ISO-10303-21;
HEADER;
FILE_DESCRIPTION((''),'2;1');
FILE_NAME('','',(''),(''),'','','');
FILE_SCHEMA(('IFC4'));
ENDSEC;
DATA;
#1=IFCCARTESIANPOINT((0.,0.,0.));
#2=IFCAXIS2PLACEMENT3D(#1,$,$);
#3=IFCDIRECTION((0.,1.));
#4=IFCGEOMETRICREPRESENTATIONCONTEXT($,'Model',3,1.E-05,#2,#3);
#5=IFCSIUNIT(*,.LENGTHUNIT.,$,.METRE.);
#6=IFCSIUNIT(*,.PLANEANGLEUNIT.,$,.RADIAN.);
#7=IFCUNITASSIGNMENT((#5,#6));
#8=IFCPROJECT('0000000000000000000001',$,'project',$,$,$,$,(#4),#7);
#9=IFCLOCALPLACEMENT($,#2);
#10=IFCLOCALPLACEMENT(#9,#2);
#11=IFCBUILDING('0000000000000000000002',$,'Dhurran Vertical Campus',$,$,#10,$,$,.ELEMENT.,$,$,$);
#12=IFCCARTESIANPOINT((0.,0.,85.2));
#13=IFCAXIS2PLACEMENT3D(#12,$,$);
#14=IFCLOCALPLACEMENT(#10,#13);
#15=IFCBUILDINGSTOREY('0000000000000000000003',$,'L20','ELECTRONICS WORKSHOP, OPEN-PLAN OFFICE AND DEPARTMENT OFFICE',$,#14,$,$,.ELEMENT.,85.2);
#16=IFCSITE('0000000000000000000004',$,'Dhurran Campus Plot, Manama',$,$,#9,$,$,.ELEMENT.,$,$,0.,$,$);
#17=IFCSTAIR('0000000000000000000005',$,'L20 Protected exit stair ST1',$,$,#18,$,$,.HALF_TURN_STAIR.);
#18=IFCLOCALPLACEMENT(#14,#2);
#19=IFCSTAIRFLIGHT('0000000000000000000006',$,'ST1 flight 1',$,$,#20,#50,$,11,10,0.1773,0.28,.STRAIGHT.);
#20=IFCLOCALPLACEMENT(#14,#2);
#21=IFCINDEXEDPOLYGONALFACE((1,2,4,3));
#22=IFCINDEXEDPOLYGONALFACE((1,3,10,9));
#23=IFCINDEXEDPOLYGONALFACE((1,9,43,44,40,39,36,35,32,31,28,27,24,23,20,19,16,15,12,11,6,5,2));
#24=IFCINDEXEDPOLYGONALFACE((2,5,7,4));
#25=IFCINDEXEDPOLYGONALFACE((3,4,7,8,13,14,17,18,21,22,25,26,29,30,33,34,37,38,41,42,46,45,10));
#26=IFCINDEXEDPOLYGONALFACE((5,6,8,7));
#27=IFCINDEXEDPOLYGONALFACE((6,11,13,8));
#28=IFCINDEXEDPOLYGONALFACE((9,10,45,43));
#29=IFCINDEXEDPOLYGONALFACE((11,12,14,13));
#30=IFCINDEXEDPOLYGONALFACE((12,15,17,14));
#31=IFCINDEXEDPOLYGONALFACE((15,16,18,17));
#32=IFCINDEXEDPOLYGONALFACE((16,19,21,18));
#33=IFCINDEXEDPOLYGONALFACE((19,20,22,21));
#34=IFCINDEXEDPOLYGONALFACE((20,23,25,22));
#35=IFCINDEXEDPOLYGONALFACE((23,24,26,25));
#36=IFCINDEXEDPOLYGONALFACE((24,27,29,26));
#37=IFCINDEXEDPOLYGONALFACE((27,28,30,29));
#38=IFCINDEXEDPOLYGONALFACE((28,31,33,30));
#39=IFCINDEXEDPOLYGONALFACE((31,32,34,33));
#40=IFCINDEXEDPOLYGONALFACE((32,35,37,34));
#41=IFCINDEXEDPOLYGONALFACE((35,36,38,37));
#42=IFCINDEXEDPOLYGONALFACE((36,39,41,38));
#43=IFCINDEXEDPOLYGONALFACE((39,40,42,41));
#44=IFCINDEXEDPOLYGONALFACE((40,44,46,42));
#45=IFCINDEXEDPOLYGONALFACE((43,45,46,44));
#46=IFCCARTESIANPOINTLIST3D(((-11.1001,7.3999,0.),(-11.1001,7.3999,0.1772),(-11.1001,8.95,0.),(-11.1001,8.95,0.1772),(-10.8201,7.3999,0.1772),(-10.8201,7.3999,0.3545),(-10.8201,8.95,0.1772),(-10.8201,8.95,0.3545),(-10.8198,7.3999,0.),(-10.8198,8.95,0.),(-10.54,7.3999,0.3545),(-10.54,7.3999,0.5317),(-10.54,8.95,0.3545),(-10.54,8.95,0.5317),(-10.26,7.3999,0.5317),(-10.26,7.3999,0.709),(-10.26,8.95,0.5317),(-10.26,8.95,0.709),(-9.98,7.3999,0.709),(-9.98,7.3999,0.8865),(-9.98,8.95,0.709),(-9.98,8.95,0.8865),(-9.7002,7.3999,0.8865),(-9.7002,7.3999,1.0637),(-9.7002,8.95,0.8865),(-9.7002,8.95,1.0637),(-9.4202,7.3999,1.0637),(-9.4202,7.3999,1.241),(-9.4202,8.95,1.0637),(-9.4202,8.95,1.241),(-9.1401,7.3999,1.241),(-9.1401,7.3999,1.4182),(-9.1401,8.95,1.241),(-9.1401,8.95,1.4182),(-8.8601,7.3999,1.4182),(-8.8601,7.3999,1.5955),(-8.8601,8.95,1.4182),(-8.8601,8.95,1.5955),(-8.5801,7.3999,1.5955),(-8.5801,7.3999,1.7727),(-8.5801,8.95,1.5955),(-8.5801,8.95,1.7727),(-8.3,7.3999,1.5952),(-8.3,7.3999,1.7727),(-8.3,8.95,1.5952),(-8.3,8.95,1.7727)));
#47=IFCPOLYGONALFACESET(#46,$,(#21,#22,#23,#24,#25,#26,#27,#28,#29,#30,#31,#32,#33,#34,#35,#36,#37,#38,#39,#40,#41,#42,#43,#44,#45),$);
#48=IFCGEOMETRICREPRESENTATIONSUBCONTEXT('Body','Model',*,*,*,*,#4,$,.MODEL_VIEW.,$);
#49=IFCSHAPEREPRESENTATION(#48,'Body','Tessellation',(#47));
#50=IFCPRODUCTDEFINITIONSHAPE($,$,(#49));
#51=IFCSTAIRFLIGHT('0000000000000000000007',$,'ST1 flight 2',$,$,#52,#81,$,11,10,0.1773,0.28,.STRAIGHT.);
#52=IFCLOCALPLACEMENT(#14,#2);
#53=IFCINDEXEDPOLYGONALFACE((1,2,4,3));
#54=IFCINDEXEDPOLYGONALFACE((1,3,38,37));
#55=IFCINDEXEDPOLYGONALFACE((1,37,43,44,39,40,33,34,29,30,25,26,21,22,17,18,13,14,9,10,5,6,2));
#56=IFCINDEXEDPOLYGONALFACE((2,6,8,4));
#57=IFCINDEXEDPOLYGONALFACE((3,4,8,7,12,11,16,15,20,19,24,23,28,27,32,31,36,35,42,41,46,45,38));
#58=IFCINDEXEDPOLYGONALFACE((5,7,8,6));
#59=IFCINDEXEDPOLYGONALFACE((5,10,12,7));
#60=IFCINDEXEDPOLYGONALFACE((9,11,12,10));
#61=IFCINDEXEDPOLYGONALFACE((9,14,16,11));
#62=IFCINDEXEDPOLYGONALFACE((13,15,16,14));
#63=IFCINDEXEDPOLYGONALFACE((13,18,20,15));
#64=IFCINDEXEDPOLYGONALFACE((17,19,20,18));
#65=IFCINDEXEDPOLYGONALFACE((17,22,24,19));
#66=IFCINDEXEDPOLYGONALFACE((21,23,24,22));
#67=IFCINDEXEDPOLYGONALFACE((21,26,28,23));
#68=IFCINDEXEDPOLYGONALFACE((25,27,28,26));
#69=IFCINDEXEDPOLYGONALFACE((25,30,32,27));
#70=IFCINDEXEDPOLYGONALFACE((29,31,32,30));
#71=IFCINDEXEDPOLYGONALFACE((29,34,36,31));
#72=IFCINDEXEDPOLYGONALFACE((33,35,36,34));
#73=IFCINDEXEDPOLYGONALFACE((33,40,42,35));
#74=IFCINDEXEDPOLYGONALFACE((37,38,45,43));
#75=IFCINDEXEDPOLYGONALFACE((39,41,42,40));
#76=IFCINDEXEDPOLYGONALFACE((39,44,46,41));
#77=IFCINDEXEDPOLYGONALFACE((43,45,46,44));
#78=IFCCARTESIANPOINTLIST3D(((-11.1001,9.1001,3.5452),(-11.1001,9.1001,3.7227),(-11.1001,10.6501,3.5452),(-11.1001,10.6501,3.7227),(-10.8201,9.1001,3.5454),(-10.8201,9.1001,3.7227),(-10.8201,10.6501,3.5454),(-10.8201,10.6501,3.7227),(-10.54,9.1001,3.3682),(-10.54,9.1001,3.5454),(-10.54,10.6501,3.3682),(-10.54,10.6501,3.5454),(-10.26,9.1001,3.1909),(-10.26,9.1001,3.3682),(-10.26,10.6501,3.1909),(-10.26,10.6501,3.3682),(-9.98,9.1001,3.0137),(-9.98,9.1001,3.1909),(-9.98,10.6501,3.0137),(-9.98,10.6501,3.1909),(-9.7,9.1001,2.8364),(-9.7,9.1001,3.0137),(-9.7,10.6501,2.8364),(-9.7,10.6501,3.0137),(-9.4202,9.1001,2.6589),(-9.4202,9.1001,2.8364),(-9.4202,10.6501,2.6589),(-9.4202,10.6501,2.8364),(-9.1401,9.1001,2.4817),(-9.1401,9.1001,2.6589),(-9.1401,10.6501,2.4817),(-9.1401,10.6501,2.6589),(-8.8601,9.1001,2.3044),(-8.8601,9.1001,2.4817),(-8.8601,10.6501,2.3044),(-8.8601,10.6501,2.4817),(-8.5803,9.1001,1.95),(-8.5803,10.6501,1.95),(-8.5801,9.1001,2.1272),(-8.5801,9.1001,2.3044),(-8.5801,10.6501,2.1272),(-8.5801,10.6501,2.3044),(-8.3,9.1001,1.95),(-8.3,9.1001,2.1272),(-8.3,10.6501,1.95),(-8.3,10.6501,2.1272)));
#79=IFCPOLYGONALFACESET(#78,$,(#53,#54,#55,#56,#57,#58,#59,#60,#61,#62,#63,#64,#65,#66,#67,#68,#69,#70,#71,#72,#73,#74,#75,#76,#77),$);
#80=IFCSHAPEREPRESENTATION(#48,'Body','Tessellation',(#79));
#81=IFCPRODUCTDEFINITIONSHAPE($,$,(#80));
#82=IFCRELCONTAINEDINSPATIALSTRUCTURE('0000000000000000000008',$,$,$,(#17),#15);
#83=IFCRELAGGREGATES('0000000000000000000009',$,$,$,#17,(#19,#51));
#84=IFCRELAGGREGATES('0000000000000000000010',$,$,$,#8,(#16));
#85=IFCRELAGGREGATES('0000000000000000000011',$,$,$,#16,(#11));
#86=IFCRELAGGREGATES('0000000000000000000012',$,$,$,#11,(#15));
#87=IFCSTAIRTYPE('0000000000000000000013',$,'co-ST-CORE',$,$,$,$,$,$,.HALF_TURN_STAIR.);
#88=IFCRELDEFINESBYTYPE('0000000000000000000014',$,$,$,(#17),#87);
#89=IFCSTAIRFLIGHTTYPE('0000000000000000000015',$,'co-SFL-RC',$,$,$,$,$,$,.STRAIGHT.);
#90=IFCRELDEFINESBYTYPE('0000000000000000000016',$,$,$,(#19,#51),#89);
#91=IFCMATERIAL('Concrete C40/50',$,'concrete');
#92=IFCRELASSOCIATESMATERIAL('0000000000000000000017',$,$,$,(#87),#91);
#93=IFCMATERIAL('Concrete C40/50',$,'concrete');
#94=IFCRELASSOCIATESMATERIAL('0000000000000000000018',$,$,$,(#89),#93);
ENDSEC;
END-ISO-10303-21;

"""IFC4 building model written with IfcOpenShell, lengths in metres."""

from ifc_helpers import new_model, si_unit, direction, frame, origin, place, context, subcontext, project, spatial, polyline, outline, extrude, material, type_object, element, aggregate, save


model = new_model("IFC4")

# Units and contexts
model_context = context("Model", 3, precision=1e-05, world=origin(), true_north=direction((0.0, 1.0)))
body_context = subcontext(model_context, "Body", "Model", "MODEL_VIEW")
ifc_project = project(units=[si_unit("LENGTHUNIT", "METRE"), si_unit("PLANEANGLEUNIT", "RADIAN")], contexts=[model_context])

# Site, building, storey
site_placement = place(None, origin())
site = spatial("IfcSite", under=ifc_project, at=site_placement, Name="Dhurran Campus Plot, Manama", CompositionType="ELEMENT", RefElevation=0.0)
building_placement = place(site_placement, origin())
building = spatial("IfcBuilding", under=site, at=building_placement, Name="Dhurran Vertical Campus", CompositionType="ELEMENT")
storey_placement = place(building_placement, frame((0.0, 0.0, 85.2)))
storey = spatial("IfcBuildingStorey", under=building, at=storey_placement, Name="L20", Description="ELECTRONICS WORKSHOP, OPEN-PLAN OFFICE AND DEPARTMENT OFFICE", CompositionType="ELEMENT", Elevation=85.2)

# Stair, stair flights
ifc_material_1 = material(Name="Concrete C40/50", Category="concrete")
stair_type = type_object("IfcStairType", Name="co-ST-CORE", PredefinedType="HALF_TURN_STAIR", material=ifc_material_1)
stair_placement = place(storey_placement, origin())
stair = element("IfcStair", 1, at=stair_placement, inside=storey, type_object=stair_type, Name="L20 Protected exit stair ST1", PredefinedType="HALF_TURN_STAIR")
ifc_material_2 = material(Name="Concrete C40/50", Category="concrete")
stair_flight_type = type_object("IfcStairFlightType", Name="co-SFL-RC", PredefinedType="STRAIGHT", material=ifc_material_2)
stair_flight_1_placement = place(storey_placement, frame((-11.1001, 8.175, 0.0), z_axis=(0.0, 0.0, 1.0), x_axis=(1.0, 0.0, 0.0)))
stair_flight_1 = element("IfcStairFlight", 2, at=stair_flight_1_placement, type_object=stair_flight_type, Name="ST1 flight 1", NumberOfRisers=11, NumberOfTreads=10, PredefinedType="STRAIGHT", RiserHeight=0.1773, TreadLength=0.28, context=body_context, shape_type="SweptSolid", body=[
    extrude(outline(polyline([(0.0, 0.0), (0.0, 0.1772), (0.28, 0.1772), (0.28, 0.3545), (0.5601, 0.3545), (0.5601, 0.5317), (0.8401, 0.5317), (0.8401, 0.709), (1.1201, 0.709), (1.1201, 0.8865), (1.3999, 0.8865), (1.3999, 1.0637), (1.6799, 1.0637), (1.6799, 1.241), (1.96, 1.241), (1.96, 1.4182), (2.24, 1.4182), (2.24, 1.5955), (2.52, 1.5955), (2.52, 1.7727), (2.8, 1.7727), (2.8, 1.95), (2.8, 1.5952), (0.2803, 0.0), (0.0, 0.0)])), frame((0.0, 0.7749, 0.0), z_axis=(0.0, -1.0, 0.0), x_axis=(1.0, 0.0, 0.0)), (0.0, 0.0, 1.0), 1.55),
])
stair_flight_2_placement = place(storey_placement, frame((-8.3, 9.875, 1.95), z_axis=(0.0, 0.0, 1.0), x_axis=(-1.0, 0.0, 0.0)))
stair_flight_2 = element("IfcStairFlight", 3, at=stair_flight_2_placement, type_object=stair_flight_type, Name="ST1 flight 2", NumberOfRisers=11, NumberOfTreads=10, PredefinedType="STRAIGHT", RiserHeight=0.1773, TreadLength=0.28, context=body_context, shape_type="SweptSolid", body=[
    extrude(outline(polyline([(0.0, 0.0), (0.0, 0.1772), (0.28, 0.1772), (0.28, 0.3545), (0.5601, 0.3545), (0.5601, 0.5317), (0.8401, 0.5317), (0.8401, 0.709), (1.1201, 0.709), (1.1201, 0.8865), (1.3999, 0.8865), (1.3999, 1.0637), (1.6799, 1.0637), (1.6799, 1.241), (1.96, 1.241), (1.96, 1.4182), (2.24, 1.4182), (2.24, 1.5955), (2.52, 1.5955), (2.52, 1.7727), (2.8, 1.7727), (2.8, 1.95), (2.8, 1.5952), (0.2803, 0.0), (0.0, 0.0)])), frame((0.0, 0.7749, 0.0), z_axis=(0.0, -1.0, 0.0), x_axis=(1.0, 0.0, 0.0)), (0.0, 0.0, 1.0), 1.55),
])
aggregate(stair, [stair_flight_1, stair_flight_2])

save(model, "model.ifc")
